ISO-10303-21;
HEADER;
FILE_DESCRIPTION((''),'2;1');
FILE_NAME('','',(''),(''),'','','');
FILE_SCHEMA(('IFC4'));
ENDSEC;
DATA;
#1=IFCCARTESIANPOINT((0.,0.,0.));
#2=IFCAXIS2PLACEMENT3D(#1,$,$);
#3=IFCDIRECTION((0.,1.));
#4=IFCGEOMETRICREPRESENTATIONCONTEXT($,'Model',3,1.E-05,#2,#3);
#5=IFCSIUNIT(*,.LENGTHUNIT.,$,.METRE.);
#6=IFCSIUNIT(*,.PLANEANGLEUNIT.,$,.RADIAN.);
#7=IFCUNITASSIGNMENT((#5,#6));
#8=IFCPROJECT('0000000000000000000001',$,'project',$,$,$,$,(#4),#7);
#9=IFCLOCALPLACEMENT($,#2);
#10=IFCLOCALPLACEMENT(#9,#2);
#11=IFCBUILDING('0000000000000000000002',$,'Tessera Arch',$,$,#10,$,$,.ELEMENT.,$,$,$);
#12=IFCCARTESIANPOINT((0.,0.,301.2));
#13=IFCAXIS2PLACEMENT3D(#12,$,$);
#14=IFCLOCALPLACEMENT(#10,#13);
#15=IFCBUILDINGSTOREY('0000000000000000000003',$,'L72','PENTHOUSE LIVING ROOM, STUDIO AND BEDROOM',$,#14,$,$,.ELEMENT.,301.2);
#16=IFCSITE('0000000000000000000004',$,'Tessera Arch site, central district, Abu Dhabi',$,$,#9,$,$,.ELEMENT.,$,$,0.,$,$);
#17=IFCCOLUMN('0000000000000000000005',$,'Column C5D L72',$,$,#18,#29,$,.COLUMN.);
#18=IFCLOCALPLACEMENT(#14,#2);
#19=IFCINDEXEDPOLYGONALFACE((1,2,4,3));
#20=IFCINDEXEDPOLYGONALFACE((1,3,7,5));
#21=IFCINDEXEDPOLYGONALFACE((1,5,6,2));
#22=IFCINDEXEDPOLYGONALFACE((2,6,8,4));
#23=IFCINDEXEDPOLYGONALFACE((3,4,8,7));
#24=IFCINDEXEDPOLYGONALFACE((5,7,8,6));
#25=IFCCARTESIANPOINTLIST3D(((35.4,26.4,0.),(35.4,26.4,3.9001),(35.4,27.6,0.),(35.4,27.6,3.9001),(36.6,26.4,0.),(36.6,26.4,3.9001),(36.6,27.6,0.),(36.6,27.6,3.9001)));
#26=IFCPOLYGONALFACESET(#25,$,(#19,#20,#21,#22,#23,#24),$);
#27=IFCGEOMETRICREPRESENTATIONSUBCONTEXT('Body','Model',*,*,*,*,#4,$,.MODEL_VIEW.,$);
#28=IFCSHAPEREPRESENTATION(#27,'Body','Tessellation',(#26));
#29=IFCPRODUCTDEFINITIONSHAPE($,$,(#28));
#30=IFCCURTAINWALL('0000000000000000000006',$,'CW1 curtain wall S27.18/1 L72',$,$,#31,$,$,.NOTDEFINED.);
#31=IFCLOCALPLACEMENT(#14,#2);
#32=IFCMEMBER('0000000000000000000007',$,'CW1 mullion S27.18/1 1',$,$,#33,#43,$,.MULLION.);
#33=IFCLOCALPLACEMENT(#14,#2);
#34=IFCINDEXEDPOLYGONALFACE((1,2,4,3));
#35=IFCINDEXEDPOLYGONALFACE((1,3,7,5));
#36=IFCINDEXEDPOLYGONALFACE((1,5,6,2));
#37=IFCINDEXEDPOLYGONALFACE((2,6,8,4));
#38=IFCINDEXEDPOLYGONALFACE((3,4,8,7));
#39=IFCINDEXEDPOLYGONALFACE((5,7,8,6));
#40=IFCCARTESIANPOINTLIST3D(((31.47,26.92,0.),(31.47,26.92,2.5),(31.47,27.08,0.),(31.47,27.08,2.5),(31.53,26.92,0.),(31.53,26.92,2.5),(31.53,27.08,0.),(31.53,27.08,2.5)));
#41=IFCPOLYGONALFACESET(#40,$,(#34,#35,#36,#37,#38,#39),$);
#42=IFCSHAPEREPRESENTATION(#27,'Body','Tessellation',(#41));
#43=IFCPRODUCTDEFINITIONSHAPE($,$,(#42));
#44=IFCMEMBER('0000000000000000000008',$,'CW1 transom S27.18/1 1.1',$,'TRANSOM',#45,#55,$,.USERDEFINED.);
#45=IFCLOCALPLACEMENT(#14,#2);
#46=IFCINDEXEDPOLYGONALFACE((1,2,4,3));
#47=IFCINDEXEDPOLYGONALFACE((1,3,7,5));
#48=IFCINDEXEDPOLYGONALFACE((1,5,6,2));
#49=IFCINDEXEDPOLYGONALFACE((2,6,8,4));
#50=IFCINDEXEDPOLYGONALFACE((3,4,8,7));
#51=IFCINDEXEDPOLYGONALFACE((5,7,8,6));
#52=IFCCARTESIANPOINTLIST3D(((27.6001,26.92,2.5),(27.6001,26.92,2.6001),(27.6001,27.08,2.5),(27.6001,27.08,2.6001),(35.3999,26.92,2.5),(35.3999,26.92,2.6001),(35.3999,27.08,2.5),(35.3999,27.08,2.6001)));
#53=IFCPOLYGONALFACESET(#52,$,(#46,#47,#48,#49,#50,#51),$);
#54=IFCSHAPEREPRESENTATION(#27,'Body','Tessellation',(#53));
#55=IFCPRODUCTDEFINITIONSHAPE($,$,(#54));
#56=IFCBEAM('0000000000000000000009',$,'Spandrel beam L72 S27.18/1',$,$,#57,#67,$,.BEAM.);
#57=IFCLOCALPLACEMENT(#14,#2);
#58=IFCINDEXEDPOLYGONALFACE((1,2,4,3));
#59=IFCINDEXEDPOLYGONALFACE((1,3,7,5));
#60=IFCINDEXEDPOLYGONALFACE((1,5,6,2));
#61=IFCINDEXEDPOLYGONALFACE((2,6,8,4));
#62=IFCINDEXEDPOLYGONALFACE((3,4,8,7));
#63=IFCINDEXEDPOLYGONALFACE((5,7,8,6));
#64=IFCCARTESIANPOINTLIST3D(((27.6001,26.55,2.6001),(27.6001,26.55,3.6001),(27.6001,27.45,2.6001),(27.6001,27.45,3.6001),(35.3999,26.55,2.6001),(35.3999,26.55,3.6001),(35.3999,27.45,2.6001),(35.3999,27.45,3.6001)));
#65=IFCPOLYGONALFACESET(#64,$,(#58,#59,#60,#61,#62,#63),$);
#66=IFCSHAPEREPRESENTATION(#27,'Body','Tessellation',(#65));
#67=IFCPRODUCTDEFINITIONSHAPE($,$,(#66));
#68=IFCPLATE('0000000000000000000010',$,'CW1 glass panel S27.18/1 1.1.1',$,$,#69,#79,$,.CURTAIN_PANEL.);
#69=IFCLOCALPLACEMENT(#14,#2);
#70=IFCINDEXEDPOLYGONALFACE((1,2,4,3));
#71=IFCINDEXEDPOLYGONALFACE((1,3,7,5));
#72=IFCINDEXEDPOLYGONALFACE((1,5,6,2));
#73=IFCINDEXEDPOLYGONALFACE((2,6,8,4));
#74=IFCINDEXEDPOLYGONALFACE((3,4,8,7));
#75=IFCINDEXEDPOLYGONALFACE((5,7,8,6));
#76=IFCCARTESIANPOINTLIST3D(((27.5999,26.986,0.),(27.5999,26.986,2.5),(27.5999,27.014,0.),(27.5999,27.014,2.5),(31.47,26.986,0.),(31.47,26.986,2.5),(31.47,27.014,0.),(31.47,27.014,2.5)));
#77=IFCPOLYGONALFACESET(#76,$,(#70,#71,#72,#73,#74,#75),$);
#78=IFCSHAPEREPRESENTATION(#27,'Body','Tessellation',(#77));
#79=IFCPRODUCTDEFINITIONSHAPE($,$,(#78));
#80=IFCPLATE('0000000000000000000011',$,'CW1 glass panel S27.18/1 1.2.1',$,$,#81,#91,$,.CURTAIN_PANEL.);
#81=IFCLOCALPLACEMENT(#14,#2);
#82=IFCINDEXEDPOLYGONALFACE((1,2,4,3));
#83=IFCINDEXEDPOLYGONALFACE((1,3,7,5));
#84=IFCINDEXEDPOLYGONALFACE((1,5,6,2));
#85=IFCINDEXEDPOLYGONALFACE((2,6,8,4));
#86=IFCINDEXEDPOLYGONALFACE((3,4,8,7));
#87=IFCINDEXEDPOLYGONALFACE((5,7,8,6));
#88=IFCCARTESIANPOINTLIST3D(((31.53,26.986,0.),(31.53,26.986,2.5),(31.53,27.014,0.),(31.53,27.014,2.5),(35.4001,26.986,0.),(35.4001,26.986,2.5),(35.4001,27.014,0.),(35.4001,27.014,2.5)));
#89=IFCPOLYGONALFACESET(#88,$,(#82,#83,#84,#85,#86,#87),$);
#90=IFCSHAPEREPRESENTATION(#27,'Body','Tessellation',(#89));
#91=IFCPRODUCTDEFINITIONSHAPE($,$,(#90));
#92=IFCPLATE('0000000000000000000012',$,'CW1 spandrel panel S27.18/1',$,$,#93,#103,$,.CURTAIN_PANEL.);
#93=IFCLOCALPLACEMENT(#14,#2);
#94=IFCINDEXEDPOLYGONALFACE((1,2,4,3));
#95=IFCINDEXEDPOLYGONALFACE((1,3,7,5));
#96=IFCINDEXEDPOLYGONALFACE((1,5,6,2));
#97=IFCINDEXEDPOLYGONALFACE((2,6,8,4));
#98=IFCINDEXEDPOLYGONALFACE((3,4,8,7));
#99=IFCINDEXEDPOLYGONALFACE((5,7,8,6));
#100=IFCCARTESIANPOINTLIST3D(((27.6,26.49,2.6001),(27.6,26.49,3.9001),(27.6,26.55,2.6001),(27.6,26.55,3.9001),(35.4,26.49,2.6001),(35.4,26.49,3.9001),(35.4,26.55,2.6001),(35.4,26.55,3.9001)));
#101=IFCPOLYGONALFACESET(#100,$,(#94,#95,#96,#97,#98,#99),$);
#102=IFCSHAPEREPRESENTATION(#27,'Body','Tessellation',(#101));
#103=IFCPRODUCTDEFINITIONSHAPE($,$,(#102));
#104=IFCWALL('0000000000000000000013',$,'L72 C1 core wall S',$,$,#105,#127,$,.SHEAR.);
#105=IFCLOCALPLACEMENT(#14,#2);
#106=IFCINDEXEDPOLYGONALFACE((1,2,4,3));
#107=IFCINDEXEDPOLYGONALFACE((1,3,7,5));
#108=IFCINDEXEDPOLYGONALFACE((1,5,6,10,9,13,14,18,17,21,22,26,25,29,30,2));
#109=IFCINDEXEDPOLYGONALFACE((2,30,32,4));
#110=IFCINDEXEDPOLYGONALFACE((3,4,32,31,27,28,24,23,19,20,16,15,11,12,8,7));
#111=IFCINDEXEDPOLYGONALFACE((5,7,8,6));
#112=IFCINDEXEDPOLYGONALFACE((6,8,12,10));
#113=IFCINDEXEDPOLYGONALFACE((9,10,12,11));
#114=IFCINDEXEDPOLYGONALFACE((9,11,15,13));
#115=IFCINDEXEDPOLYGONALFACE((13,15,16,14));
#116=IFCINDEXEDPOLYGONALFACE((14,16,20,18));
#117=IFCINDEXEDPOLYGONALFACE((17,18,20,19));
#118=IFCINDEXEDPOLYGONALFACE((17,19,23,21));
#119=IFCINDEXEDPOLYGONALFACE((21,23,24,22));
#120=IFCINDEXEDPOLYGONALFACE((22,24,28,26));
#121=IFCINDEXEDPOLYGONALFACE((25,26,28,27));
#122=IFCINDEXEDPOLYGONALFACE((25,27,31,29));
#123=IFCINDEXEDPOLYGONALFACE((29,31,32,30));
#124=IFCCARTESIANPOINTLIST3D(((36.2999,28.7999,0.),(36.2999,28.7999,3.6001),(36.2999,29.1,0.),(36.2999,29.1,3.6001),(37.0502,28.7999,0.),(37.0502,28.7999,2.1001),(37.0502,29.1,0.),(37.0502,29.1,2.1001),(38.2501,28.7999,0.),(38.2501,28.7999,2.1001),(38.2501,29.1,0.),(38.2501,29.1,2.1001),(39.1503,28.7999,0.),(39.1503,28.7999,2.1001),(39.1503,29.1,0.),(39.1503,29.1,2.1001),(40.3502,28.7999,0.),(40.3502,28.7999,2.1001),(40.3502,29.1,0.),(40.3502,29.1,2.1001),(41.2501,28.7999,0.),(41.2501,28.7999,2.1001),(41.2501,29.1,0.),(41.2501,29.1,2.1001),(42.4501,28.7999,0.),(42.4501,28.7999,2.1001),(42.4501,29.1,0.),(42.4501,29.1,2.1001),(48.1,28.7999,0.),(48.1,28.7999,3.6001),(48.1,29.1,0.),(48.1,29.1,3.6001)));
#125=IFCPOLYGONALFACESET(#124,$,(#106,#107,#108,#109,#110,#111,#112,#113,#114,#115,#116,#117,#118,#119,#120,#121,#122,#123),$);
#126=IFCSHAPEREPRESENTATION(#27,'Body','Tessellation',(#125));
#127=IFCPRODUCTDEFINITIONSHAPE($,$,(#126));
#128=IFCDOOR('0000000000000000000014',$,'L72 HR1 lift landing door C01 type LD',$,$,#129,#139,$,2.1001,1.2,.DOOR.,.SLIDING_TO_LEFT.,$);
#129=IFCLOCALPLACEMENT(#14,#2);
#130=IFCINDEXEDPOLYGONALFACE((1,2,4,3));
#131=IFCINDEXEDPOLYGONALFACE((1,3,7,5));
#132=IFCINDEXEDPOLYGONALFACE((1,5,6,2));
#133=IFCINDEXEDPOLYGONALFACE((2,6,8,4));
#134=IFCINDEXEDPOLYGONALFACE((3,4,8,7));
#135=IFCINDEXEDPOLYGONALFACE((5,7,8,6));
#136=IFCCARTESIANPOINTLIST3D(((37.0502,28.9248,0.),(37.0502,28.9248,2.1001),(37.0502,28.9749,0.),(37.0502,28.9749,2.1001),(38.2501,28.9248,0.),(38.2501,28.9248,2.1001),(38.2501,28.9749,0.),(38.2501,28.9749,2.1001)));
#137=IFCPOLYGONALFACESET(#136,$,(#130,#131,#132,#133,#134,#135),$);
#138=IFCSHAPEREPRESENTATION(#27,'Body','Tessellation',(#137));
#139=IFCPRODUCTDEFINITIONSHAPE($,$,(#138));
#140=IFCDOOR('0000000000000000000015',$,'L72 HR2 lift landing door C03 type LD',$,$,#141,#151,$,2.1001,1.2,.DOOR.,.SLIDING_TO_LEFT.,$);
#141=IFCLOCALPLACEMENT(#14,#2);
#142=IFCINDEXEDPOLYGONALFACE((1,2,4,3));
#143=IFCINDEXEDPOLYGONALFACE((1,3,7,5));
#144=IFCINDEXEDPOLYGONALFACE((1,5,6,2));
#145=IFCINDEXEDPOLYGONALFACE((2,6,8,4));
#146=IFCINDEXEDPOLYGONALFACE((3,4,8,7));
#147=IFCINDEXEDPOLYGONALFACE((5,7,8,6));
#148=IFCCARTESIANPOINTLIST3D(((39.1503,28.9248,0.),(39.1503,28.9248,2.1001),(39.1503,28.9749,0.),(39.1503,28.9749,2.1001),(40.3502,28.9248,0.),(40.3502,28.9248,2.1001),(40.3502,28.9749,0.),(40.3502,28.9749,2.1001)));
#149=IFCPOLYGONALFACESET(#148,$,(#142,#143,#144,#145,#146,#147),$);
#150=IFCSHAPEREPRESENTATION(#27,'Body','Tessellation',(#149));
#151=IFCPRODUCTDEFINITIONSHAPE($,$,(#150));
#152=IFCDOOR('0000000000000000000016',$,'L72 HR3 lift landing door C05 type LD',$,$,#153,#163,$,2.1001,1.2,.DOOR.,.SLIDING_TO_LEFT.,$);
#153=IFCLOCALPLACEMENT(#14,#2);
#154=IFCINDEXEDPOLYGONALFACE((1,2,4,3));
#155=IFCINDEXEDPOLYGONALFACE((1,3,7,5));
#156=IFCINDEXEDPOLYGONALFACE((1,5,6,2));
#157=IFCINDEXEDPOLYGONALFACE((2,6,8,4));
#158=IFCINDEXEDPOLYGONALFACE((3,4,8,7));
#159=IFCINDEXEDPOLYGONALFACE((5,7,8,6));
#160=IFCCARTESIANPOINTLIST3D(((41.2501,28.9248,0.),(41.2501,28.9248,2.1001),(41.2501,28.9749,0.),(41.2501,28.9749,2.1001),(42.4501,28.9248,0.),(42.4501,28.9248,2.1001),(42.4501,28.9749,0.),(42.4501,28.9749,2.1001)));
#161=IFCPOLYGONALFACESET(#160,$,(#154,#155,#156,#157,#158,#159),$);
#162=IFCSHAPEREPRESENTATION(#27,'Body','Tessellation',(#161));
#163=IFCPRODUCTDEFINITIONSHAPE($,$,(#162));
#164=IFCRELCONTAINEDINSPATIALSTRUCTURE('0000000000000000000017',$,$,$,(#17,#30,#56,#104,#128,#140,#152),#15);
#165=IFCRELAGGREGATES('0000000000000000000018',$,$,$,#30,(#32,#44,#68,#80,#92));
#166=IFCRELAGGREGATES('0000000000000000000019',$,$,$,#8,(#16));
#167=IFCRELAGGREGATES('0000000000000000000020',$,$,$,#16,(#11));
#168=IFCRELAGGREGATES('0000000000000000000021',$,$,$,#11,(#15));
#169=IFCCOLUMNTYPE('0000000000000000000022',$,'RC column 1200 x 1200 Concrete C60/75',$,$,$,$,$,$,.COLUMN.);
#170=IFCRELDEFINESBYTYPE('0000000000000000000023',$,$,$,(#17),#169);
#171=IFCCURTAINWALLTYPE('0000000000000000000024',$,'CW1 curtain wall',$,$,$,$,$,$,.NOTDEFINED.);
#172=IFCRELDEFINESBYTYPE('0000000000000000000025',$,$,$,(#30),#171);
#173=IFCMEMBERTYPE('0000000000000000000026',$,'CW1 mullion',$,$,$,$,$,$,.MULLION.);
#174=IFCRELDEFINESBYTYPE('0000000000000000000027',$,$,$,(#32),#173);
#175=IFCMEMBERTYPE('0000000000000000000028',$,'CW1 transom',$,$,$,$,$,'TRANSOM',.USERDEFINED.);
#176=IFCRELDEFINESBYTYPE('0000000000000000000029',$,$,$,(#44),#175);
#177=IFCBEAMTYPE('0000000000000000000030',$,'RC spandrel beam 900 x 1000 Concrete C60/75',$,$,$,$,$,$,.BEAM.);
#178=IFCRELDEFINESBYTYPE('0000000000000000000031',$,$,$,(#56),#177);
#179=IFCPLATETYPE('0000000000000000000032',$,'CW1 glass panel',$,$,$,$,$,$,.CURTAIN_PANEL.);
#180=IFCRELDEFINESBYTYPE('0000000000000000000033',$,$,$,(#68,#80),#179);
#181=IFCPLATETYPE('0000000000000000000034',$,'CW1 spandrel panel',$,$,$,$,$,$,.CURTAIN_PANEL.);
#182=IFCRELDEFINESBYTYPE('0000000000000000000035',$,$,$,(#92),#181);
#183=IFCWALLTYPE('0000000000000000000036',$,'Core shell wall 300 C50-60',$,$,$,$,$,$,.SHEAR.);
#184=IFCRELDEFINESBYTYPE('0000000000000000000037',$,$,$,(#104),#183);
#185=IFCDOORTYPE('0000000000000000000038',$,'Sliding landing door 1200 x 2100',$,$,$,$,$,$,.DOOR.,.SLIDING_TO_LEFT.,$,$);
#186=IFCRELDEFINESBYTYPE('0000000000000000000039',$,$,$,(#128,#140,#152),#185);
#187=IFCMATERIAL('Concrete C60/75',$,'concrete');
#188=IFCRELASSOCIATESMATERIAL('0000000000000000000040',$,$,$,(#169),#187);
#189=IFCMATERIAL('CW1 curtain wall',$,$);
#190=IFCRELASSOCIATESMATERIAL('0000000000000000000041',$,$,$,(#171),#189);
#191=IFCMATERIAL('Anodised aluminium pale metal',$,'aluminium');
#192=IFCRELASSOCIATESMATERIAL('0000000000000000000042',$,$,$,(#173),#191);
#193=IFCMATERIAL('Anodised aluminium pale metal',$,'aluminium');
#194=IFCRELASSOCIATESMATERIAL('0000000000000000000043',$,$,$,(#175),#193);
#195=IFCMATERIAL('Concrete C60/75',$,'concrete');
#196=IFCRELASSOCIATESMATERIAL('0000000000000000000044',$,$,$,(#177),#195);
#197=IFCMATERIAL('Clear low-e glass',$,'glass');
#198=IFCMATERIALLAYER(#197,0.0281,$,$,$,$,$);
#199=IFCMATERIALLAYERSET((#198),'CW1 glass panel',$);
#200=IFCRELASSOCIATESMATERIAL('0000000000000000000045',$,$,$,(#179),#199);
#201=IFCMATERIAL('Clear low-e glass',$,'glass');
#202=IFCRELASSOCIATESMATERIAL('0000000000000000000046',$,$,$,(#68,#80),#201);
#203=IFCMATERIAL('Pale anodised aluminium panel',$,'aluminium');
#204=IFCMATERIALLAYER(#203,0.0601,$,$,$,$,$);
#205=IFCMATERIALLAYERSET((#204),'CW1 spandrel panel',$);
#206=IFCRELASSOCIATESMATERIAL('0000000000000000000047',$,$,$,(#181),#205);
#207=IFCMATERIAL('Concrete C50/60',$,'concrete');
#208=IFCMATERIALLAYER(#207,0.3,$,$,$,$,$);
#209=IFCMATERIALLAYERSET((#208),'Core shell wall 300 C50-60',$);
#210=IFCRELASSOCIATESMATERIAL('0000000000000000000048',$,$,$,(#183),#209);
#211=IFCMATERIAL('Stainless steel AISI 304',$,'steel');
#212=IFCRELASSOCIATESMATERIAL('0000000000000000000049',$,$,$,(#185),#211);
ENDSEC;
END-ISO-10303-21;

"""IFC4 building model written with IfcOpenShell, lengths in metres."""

from ifc_helpers import new_model, si_unit, direction, frame, frame_2d, origin, origin_2d, place, context, subcontext, project, spatial, rectangle, extrude, material, layer, layer_set, material_profile, profile_set, type_object, element, fill, aggregate, save


model = new_model("IFC4")

# Units and contexts
model_context = context("Model", 3, precision=1e-05, world=origin(), true_north=direction((0.0, 1.0)))
body_context = subcontext(model_context, "Body", "Model", "MODEL_VIEW")
ifc_project = project(units=[si_unit("LENGTHUNIT", "METRE"), si_unit("PLANEANGLEUNIT", "RADIAN")], contexts=[model_context])

# Site, building, storey
site_placement = place(None, origin())
site = spatial("IfcSite", under=ifc_project, at=site_placement, Name="Tessera Arch site, central district, Abu Dhabi", CompositionType="ELEMENT", RefElevation=0.0)
building_placement = place(site_placement, origin())
building = spatial("IfcBuilding", under=site, at=building_placement, Name="Tessera Arch", CompositionType="ELEMENT")
storey_placement = place(building_placement, frame((0.0, 0.0, 301.2)))
storey = spatial("IfcBuildingStorey", under=building, at=storey_placement, Name="L72", Description="PENTHOUSE LIVING ROOM, STUDIO AND BEDROOM", CompositionType="ELEMENT", Elevation=301.2)

# Column
ifc_material_1 = material(Name="Concrete C60/75", Category="concrete")
ifc_material_profile_1 = material_profile(ifc_material_1, rectangle(XDim=1.2, YDim=1.2, at=origin_2d()), Name="RC column 1200 x 1200 Concrete C60/75")
ifc_profile_set_1 = profile_set([ifc_material_profile_1], Name="Concrete C60/75")
column_type = type_object("IfcColumnType", Name="RC column 1200 x 1200 Concrete C60/75", PredefinedType="COLUMN", material=ifc_profile_set_1)
column_placement = place(storey_placement, frame((36.0, 27.0, 0.0), z_axis=(0.0, 0.0, 1.0), x_axis=(1.0, 0.0, 0.0)))
element("IfcColumn", 1, at=column_placement, inside=storey, type_object=column_type, Name="Column C5D L72", PredefinedType="COLUMN", context=body_context, shape_type="SweptSolid", body=[
    extrude(rectangle(XDim=1.2, YDim=1.2, at=origin_2d()), origin(), (0.0, 0.0, 1.0), 3.9001),
])

# Curtain wall, members
ifc_material_2 = material(Name="CW1 curtain wall")
curtain_wall_type = type_object("IfcCurtainWallType", Name="CW1 curtain wall", PredefinedType="NOTDEFINED", material=ifc_material_2)
curtain_wall_placement = place(storey_placement, origin())
curtain_wall = element("IfcCurtainWall", 2, at=curtain_wall_placement, inside=storey, type_object=curtain_wall_type, Name="CW1 curtain wall S27.18/1 L72", PredefinedType="NOTDEFINED")
ifc_material_3 = material(Name="Anodised aluminium pale metal", Category="aluminium")
ifc_material_profile_2 = material_profile(ifc_material_3, rectangle(XDim=0.1599, YDim=0.0601, at=origin_2d()), Name="AL 60x160")
ifc_profile_set_2 = profile_set([ifc_material_profile_2], Name="Anodised aluminium pale metal")
member_type_1 = type_object("IfcMemberType", Name="CW1 mullion", PredefinedType="MULLION", material=ifc_profile_set_2)
member_1_placement = place(storey_placement, frame((31.5, 27.0, 0.0), z_axis=(0.0, 0.0, 1.0), x_axis=(0.0, 1.0, 0.0)))
member_1 = element("IfcMember", 3, at=member_1_placement, type_object=member_type_1, Name="CW1 mullion S27.18/1 1", PredefinedType="MULLION", context=body_context, shape_type="SweptSolid", body=[
    extrude(rectangle(XDim=0.1599, YDim=0.0601, at=origin_2d()), origin(), (0.0, 0.0, 1.0), 2.5),
])
ifc_material_4 = material(Name="Anodised aluminium pale metal", Category="aluminium")
ifc_material_profile_3 = material_profile(ifc_material_4, rectangle(XDim=0.1599, YDim=0.1001, at=origin_2d()), Name="AL 160x100")
ifc_profile_set_3 = profile_set([ifc_material_profile_3], Name="Anodised aluminium pale metal")
member_type_2 = type_object("IfcMemberType", Name="CW1 transom", ElementType="TRANSOM", PredefinedType="USERDEFINED", material=ifc_profile_set_3)
member_2_placement = place(storey_placement, frame((27.6001, 27.0, 2.55), z_axis=(1.0, 0.0, 0.0), x_axis=(0.0, 1.0, 0.0)))
member_2 = element("IfcMember", 4, at=member_2_placement, type_object=member_type_2, Name="CW1 transom S27.18/1 1.1", ObjectType="TRANSOM", PredefinedType="USERDEFINED", context=body_context, shape_type="SweptSolid", body=[
    extrude(rectangle(XDim=0.1599, YDim=0.1001, at=origin_2d()), origin(), (0.0, 0.0, 1.0), 7.7998),
])

# Beam
ifc_material_5 = material(Name="Concrete C60/75", Category="concrete")
ifc_material_profile_4 = material_profile(ifc_material_5, rectangle(XDim=0.8999, YDim=1.0, at=origin_2d()), Name="RC spandrel beam 900 x 1000 Concrete C60/75")
ifc_profile_set_4 = profile_set([ifc_material_profile_4], Name="Concrete C60/75")
beam_type = type_object("IfcBeamType", Name="RC spandrel beam 900 x 1000 Concrete C60/75", PredefinedType="BEAM", material=ifc_profile_set_4)
beam_placement = place(storey_placement, frame((27.6001, 27.0, 3.1001), z_axis=(1.0, 0.0, 0.0), x_axis=(0.0, 1.0, 0.0)))
element("IfcBeam", 5, at=beam_placement, inside=storey, type_object=beam_type, Name="Spandrel beam L72 S27.18/1", PredefinedType="BEAM", context=body_context, shape_type="SweptSolid", body=[
    extrude(rectangle(XDim=0.8999, YDim=1.0, at=origin_2d()), origin(), (0.0, 0.0, 1.0), 7.7998),
])

# Plates
ifc_material_6 = material(Name="Clear low-e glass", Category="glass")
ifc_material_7 = material(Name="Clear low-e glass", Category="glass")
ifc_layer_1 = layer(ifc_material_7, 0.0281)
ifc_layer_set_1 = layer_set([ifc_layer_1], Name="CW1 glass panel")
plate_type_1 = type_object("IfcPlateType", Name="CW1 glass panel", PredefinedType="CURTAIN_PANEL", material=ifc_layer_set_1)
plate_1_placement = place(storey_placement, frame((29.5349, 27.0, 0.0), z_axis=(0.0, 0.0, 1.0), x_axis=(1.0, 0.0, 0.0)))
plate_1 = element("IfcPlate", 6, at=plate_1_placement, type_object=plate_type_1, material=ifc_material_6, Name="CW1 glass panel S27.18/1 1.1.1", PredefinedType="CURTAIN_PANEL", context=body_context, shape_type="SweptSolid", body=[
    extrude(rectangle(XDim=3.8701, YDim=0.0281, at=origin_2d()), origin(), (0.0, 0.0, 1.0), 2.5),
])
plate_2_placement = place(storey_placement, frame((33.4651, 27.0, 0.0), z_axis=(0.0, 0.0, 1.0), x_axis=(1.0, 0.0, 0.0)))
plate_2 = element("IfcPlate", 7, at=plate_2_placement, type_object=plate_type_1, material=ifc_material_6, Name="CW1 glass panel S27.18/1 1.2.1", PredefinedType="CURTAIN_PANEL", context=body_context, shape_type="SweptSolid", body=[
    extrude(rectangle(XDim=3.8701, YDim=0.0281, at=origin_2d()), origin(), (0.0, 0.0, 1.0), 2.5),
])
ifc_material_8 = material(Name="Pale anodised aluminium panel", Category="aluminium")
ifc_layer_2 = layer(ifc_material_8, 0.0601)
ifc_layer_set_2 = layer_set([ifc_layer_2], Name="CW1 spandrel panel")
plate_type_2 = type_object("IfcPlateType", Name="CW1 spandrel panel", PredefinedType="CURTAIN_PANEL", material=ifc_layer_set_2)
plate_3_placement = place(storey_placement, frame((31.5, 26.52, 2.6001), z_axis=(0.0, 0.0, 1.0), x_axis=(1.0, 0.0, 0.0)))
plate_3 = element("IfcPlate", 8, at=plate_3_placement, type_object=plate_type_2, Name="CW1 spandrel panel S27.18/1", PredefinedType="CURTAIN_PANEL", context=body_context, shape_type="SweptSolid", body=[
    extrude(rectangle(XDim=7.8, YDim=0.0601, at=origin_2d()), origin(), (0.0, 0.0, 1.0), 1.3),
])
aggregate(curtain_wall, [member_1, member_2, plate_1, plate_2, plate_3])

# Wall, openings, doors
ifc_material_9 = material(Name="Concrete C50/60", Category="concrete")
ifc_layer_3 = layer(ifc_material_9, 0.3)
ifc_layer_set_3 = layer_set([ifc_layer_3], Name="Core shell wall 300 C50-60")
wall_type_1 = type_object("IfcWallType", Name="Core shell wall 300 C50-60", PredefinedType="SHEAR", material=ifc_layer_set_3)
wall_1_placement = place(storey_placement, frame((36.3, 28.95, 0.0), z_axis=(0.0, 0.0, 1.0), x_axis=(1.0, 0.0, 0.0)))
wall_1 = element("IfcWall", 9, at=wall_1_placement, inside=storey, type_object=wall_type_1, Name="L72 C1 core wall S", PredefinedType="SHEAR", context=body_context, shape_type="SweptSolid", body=[
    extrude(rectangle(XDim=11.8, YDim=0.3, at=frame_2d((5.8999, 0.0))), origin(), (0.0, 0.0, 1.0), 3.6001),
])
opening_1_placement = place(wall_1_placement, frame((0.75, 0.0, 0.0)))
opening_1 = element("IfcOpeningElement", 10, at=opening_1_placement, cuts=wall_1, PredefinedType="OPENING", context=body_context, shape_type="SweptSolid", body=[
    extrude(rectangle(XDim=1.2, YDim=2.1001, at=frame_2d((0.6001, 1.05))), frame((0.0, 0.1599, 0.0), z_axis=(0.0, -1.0, 0.0), x_axis=(1.0, 0.0, 0.0)), (0.0, 0.0, 1.0), 0.3201),
])
opening_2_placement = place(wall_1_placement, frame((2.8501, 0.0, 0.0)))
opening_2 = element("IfcOpeningElement", 11, at=opening_2_placement, cuts=wall_1, PredefinedType="OPENING", context=body_context, shape_type="SweptSolid", body=[
    extrude(rectangle(XDim=1.2, YDim=2.1001, at=frame_2d((0.6001, 1.05))), frame((0.0, 0.1599, 0.0), z_axis=(0.0, -1.0, 0.0), x_axis=(1.0, 0.0, 0.0)), (0.0, 0.0, 1.0), 0.3201),
])
opening_3_placement = place(wall_1_placement, frame((4.95, 0.0, 0.0)))
opening_3 = element("IfcOpeningElement", 12, at=opening_3_placement, cuts=wall_1, PredefinedType="OPENING", context=body_context, shape_type="SweptSolid", body=[
    extrude(rectangle(XDim=1.2, YDim=2.1001, at=frame_2d((0.6001, 1.05))), frame((0.0, 0.1599, 0.0), z_axis=(0.0, -1.0, 0.0), x_axis=(1.0, 0.0, 0.0)), (0.0, 0.0, 1.0), 0.3201),
])
ifc_material_10 = material(Name="Stainless steel AISI 304", Category="steel")
door_type_1 = type_object("IfcDoorType", Name="Sliding landing door 1200 x 2100", OperationType="SLIDING_TO_LEFT", PredefinedType="DOOR", material=ifc_material_10)
door_1_placement = place(opening_1_placement, origin())
door_1 = element("IfcDoor", 13, at=door_1_placement, inside=storey, type_object=door_type_1, Name="L72 HR1 lift landing door C01 type LD", OperationType="SLIDING_TO_LEFT", OverallHeight=2.1001, OverallWidth=1.2, PredefinedType="DOOR", context=body_context, shape_type="SweptSolid", body=[
    extrude(rectangle(XDim=1.2, YDim=2.1001, at=frame_2d((0.6001, 1.05))), frame((0.0, 0.0249, 0.0), z_axis=(0.0, -1.0, 0.0), x_axis=(1.0, 0.0, 0.0)), (0.0, 0.0, 1.0), 0.05),
])
fill(opening_1, door_1)
door_2_placement = place(opening_2_placement, origin())
door_2 = element("IfcDoor", 14, at=door_2_placement, inside=storey, type_object=door_type_1, Name="L72 HR2 lift landing door C03 type LD", OperationType="SLIDING_TO_LEFT", OverallHeight=2.1001, OverallWidth=1.2, PredefinedType="DOOR", context=body_context, shape_type="SweptSolid", body=[
    extrude(rectangle(XDim=1.2, YDim=2.1001, at=frame_2d((0.6001, 1.05))), frame((0.0, 0.0249, 0.0), z_axis=(0.0, -1.0, 0.0), x_axis=(1.0, 0.0, 0.0)), (0.0, 0.0, 1.0), 0.05),
])
fill(opening_2, door_2)
door_3_placement = place(opening_3_placement, origin())
door_3 = element("IfcDoor", 15, at=door_3_placement, inside=storey, type_object=door_type_1, Name="L72 HR3 lift landing door C05 type LD", OperationType="SLIDING_TO_LEFT", OverallHeight=2.1001, OverallWidth=1.2, PredefinedType="DOOR", context=body_context, shape_type="SweptSolid", body=[
    extrude(rectangle(XDim=1.2, YDim=2.1001, at=frame_2d((0.6001, 1.05))), frame((0.0, 0.0249, 0.0), z_axis=(0.0, -1.0, 0.0), x_axis=(1.0, 0.0, 0.0)), (0.0, 0.0, 1.0), 0.05),
])
fill(opening_3, door_3)

save(model, "model.ifc")
